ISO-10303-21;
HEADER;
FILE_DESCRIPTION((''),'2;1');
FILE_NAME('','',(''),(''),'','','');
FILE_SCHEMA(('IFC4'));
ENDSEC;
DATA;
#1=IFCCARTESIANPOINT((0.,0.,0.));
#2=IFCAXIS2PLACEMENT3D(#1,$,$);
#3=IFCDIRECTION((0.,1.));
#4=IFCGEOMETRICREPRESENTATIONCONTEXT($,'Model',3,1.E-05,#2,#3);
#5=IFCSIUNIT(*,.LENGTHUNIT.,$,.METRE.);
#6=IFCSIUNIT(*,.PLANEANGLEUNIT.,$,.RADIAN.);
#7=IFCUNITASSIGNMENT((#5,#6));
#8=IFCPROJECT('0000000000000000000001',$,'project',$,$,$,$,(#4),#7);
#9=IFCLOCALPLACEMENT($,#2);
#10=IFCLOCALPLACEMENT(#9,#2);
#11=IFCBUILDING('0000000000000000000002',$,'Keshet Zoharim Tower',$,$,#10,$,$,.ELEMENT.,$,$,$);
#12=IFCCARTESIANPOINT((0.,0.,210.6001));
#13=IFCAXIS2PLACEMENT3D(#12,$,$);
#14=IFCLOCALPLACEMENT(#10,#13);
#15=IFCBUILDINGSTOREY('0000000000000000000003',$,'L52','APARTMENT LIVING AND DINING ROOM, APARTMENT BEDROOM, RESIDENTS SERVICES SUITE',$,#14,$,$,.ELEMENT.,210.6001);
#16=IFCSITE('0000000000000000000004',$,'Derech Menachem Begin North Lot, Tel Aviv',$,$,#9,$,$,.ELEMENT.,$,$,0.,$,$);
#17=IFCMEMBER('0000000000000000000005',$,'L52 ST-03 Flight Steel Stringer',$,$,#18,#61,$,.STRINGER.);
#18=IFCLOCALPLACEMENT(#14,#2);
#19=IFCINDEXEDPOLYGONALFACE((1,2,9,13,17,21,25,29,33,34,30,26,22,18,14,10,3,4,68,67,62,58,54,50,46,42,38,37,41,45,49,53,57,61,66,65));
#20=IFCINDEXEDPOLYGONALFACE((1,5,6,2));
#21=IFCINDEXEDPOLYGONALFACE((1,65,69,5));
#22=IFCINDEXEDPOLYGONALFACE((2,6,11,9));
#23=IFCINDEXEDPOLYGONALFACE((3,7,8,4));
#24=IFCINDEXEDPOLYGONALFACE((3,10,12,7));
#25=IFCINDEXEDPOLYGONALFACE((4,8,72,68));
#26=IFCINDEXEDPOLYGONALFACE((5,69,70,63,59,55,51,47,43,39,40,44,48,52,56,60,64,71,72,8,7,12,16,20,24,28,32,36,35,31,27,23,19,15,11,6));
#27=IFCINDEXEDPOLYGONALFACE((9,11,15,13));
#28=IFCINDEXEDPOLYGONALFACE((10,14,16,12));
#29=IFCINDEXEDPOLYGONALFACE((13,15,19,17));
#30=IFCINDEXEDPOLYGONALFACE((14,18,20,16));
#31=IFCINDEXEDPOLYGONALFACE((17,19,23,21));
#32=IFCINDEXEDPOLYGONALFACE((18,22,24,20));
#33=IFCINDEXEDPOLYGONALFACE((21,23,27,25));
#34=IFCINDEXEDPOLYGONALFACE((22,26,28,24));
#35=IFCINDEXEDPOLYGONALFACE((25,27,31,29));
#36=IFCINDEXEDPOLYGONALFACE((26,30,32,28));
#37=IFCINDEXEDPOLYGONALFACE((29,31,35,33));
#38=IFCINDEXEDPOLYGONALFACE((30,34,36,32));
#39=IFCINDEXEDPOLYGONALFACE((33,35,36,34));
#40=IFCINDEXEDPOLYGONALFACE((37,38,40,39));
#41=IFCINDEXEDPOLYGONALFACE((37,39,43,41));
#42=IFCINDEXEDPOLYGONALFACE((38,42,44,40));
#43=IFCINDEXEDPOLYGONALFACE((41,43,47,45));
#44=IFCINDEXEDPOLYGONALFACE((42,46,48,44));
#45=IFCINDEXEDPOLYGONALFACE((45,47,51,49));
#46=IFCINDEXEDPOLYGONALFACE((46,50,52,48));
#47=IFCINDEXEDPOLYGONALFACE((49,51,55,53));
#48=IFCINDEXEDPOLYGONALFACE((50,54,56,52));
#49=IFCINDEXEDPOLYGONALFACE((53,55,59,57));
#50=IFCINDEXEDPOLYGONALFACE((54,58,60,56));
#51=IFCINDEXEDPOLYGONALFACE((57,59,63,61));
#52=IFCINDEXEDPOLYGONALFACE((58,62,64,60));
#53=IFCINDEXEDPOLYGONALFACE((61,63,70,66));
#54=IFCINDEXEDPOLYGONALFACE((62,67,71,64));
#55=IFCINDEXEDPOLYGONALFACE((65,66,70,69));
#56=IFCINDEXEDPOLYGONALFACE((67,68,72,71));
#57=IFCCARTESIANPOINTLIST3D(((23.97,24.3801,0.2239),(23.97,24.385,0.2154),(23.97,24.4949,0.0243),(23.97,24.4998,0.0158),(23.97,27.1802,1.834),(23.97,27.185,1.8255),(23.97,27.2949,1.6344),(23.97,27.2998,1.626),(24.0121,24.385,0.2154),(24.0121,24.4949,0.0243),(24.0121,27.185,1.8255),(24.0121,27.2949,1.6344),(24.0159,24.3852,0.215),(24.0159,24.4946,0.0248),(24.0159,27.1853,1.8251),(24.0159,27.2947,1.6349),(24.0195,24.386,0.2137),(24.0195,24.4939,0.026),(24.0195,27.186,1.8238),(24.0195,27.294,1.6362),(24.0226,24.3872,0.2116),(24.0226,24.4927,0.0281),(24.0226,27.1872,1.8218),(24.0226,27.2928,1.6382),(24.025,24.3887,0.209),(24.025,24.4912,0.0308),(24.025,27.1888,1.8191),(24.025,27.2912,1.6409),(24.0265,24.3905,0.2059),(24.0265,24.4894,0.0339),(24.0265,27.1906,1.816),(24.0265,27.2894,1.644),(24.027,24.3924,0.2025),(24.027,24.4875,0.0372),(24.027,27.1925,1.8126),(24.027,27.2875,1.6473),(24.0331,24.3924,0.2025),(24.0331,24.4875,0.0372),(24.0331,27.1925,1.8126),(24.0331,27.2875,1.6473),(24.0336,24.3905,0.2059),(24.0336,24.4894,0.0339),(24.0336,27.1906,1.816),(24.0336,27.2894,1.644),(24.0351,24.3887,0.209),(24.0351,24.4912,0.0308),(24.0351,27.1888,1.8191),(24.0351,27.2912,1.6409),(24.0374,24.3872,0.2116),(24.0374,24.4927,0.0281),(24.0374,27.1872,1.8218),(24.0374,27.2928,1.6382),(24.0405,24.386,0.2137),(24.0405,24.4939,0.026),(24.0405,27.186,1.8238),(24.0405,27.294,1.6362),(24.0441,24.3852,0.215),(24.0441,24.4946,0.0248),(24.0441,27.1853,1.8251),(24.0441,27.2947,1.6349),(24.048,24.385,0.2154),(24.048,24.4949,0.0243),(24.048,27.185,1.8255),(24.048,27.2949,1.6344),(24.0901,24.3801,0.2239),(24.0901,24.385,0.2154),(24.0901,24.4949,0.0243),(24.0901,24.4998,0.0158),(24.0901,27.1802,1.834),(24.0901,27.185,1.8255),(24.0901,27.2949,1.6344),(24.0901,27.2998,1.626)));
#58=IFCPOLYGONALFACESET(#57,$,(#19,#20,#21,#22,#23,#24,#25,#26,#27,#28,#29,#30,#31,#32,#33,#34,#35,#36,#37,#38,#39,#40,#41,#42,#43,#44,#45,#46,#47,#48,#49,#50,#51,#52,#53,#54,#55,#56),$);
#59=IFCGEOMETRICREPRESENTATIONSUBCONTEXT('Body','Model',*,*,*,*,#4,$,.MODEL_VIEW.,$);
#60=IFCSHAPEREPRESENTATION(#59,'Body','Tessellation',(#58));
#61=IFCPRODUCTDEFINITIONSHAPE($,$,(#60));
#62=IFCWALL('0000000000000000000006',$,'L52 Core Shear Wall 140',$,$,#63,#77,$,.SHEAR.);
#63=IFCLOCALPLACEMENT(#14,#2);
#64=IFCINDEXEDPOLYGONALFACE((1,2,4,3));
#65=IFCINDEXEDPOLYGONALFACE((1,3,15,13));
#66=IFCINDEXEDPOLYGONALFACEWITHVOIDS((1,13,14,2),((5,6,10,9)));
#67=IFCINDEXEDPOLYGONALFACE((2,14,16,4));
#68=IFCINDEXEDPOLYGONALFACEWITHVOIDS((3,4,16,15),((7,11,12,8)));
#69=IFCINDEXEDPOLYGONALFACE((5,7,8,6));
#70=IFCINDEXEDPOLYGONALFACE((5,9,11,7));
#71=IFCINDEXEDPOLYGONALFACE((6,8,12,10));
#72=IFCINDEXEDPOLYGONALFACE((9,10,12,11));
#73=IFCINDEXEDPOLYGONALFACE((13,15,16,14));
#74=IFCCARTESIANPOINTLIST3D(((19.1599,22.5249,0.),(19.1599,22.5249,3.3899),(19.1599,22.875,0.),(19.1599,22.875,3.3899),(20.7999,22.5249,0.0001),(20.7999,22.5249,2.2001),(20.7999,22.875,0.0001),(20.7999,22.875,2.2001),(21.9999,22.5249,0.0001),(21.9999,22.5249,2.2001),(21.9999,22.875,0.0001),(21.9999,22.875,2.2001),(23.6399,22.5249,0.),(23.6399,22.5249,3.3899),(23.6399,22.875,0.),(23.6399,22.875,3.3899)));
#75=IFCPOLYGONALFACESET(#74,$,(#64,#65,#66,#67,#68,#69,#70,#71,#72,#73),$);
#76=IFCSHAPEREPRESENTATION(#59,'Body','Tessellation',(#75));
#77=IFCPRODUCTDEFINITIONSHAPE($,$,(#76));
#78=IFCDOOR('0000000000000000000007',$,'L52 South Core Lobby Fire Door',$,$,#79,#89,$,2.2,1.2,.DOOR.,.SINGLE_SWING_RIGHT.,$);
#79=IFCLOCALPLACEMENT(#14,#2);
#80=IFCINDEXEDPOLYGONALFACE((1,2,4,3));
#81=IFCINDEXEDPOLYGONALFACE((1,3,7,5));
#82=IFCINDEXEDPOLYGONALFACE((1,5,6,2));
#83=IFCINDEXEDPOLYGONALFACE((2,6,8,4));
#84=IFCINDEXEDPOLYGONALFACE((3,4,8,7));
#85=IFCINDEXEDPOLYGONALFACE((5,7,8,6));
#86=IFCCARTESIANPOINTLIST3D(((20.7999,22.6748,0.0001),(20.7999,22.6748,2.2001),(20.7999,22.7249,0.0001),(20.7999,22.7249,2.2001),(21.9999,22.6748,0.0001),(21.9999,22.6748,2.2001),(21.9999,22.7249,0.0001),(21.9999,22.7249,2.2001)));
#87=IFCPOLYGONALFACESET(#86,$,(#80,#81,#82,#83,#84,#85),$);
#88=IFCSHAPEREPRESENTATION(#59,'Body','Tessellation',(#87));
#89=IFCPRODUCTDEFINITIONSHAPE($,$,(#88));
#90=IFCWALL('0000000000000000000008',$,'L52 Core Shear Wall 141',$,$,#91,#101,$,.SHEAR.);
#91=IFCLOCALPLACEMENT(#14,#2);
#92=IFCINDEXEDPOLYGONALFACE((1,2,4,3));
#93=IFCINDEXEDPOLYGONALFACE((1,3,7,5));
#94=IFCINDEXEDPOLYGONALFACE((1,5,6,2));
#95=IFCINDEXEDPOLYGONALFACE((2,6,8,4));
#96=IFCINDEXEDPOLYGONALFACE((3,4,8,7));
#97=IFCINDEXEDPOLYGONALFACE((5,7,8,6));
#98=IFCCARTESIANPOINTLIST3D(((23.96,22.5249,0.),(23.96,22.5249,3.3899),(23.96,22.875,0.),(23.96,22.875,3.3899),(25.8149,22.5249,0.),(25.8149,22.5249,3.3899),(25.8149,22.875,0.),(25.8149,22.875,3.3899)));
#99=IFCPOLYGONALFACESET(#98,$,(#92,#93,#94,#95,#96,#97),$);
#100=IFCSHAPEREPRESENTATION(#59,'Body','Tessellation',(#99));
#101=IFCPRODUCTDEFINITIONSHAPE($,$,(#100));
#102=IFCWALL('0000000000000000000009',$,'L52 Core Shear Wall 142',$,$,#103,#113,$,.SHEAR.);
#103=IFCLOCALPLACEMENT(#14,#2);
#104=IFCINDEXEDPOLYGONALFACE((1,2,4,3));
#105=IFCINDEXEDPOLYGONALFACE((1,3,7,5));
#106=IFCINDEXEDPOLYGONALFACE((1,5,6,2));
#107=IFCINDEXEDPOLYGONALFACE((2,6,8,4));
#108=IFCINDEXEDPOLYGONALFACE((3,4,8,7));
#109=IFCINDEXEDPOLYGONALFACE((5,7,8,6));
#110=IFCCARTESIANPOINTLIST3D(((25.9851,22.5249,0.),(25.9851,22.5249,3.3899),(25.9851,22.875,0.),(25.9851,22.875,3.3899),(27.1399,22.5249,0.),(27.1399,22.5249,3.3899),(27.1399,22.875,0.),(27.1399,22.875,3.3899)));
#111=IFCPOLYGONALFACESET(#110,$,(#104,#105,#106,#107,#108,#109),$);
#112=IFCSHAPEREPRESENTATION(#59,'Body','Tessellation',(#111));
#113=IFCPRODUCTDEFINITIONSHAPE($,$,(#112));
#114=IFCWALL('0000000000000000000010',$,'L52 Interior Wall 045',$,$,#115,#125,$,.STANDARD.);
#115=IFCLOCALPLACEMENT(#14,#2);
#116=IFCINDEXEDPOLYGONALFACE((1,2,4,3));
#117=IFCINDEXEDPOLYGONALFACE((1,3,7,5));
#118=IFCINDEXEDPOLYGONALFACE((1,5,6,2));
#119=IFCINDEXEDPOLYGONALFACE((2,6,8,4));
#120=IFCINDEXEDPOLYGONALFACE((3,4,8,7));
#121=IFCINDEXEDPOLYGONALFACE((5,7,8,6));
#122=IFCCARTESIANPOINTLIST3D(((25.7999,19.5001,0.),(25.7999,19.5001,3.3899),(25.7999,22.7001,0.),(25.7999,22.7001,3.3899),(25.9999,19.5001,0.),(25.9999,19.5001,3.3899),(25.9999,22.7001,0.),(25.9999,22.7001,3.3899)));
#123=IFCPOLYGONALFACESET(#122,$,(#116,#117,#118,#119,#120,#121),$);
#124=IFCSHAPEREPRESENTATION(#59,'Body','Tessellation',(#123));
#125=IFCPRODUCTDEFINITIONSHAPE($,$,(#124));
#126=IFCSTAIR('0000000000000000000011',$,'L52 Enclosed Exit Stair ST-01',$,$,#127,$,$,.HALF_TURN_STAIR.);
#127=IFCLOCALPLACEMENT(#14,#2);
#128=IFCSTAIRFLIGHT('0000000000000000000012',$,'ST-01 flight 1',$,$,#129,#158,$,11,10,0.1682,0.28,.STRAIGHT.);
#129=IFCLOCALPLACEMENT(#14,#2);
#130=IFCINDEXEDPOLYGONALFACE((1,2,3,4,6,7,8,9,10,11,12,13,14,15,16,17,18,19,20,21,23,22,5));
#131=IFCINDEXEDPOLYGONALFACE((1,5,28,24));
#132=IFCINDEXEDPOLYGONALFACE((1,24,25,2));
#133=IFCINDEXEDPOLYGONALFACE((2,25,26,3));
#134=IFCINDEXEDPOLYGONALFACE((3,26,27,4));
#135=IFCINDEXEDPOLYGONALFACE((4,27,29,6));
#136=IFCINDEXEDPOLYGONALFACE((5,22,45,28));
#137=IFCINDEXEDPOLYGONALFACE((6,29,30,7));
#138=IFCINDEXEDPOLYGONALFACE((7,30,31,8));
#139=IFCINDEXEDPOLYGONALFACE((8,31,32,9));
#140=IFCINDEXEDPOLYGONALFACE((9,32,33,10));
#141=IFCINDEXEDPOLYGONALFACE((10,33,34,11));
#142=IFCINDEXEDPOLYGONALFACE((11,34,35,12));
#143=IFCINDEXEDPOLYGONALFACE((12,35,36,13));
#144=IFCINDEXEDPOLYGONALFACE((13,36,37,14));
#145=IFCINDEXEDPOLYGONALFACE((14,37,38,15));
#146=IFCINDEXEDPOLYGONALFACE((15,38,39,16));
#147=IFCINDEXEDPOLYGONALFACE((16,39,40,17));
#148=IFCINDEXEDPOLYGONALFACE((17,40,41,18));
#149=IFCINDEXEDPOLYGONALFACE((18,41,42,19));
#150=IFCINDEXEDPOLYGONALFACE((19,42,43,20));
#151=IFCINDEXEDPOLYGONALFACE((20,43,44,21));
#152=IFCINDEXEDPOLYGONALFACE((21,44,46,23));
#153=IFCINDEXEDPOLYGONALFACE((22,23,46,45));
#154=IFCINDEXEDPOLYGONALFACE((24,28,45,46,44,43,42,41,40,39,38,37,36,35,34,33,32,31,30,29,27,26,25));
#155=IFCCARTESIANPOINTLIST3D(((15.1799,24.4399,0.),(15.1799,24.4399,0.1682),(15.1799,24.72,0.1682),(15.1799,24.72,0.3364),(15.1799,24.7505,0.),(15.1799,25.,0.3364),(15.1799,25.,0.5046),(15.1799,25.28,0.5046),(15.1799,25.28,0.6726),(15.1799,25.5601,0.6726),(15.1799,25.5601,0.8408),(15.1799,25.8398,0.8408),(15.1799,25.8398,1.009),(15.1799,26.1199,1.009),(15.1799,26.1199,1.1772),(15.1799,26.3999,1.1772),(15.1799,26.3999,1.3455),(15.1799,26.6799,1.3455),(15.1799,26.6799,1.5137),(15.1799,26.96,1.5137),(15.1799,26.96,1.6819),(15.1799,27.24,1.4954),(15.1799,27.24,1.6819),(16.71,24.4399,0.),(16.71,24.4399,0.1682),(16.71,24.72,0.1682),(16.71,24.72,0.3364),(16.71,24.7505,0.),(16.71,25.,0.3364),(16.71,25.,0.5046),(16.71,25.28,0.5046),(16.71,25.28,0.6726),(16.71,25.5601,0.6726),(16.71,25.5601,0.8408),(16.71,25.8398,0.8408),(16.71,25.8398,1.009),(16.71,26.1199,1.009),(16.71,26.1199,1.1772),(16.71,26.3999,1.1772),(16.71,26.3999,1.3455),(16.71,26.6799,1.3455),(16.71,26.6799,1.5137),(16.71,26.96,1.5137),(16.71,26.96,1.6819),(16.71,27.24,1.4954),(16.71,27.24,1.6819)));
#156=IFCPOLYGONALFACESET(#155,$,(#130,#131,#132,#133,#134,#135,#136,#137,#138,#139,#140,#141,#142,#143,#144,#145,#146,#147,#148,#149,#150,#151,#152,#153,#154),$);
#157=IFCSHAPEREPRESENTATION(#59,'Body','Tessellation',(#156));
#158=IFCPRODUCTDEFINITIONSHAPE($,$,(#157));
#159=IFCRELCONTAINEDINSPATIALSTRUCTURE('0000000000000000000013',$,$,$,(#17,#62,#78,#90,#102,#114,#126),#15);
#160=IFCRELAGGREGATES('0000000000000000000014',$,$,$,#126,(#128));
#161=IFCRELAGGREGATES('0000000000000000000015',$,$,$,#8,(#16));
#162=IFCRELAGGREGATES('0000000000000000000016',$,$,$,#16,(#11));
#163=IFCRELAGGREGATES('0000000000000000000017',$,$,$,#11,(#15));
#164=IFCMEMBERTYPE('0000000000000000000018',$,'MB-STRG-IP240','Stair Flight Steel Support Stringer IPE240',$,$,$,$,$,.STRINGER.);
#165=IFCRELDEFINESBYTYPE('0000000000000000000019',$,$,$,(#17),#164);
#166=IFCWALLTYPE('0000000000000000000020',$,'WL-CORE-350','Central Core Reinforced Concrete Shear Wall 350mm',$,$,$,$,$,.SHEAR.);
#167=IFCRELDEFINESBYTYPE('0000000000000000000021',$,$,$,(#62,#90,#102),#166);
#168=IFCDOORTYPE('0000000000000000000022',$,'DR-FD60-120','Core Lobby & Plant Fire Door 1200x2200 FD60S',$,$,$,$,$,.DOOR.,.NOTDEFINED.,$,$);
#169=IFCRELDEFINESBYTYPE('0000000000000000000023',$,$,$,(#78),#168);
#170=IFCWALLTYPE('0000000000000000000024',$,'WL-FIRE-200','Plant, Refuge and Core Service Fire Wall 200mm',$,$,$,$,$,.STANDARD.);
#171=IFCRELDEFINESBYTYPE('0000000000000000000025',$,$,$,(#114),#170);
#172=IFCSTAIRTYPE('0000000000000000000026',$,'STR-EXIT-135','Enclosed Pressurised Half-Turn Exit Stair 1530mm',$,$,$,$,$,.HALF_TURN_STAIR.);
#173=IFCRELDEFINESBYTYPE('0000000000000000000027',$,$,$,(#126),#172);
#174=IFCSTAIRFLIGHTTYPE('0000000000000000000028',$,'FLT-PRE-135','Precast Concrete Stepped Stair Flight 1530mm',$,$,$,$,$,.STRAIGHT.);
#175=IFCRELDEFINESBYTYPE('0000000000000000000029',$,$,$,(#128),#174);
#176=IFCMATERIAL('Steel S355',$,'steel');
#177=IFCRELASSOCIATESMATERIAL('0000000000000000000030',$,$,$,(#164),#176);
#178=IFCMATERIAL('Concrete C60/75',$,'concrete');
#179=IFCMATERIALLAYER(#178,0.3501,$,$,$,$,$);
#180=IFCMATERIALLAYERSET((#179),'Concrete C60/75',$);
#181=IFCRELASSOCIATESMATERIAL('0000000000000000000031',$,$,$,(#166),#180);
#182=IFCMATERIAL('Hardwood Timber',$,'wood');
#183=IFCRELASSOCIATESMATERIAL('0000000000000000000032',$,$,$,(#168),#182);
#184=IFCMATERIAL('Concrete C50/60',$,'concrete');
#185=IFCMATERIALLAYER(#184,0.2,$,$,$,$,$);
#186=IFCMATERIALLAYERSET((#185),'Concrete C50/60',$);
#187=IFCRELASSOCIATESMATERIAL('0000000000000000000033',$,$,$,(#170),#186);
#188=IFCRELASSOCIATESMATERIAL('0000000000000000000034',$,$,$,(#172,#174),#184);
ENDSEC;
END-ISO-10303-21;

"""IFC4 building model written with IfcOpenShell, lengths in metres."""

from ifc_helpers import new_model, si_unit, direction, frame, frame_2d, origin, origin_2d, place, context, subcontext, project, spatial, polyline, rectangle, i_section, outline, extrude, material, layer, layer_set, material_profile, profile_set, type_object, element, fill, aggregate, save


model = new_model("IFC4")

# Units and contexts
model_context = context("Model", 3, precision=1e-05, world=origin(), true_north=direction((0.0, 1.0)))
body_context = subcontext(model_context, "Body", "Model", "MODEL_VIEW")
ifc_project = project(units=[si_unit("LENGTHUNIT", "METRE"), si_unit("PLANEANGLEUNIT", "RADIAN")], contexts=[model_context])

# Site, building, storey
site_placement = place(None, origin())
site = spatial("IfcSite", under=ifc_project, at=site_placement, Name="Derech Menachem Begin North Lot, Tel Aviv", CompositionType="ELEMENT", RefElevation=0.0)
building_placement = place(site_placement, origin())
building = spatial("IfcBuilding", under=site, at=building_placement, Name="Keshet Zoharim Tower", CompositionType="ELEMENT")
storey_placement = place(building_placement, frame((0.0, 0.0, 210.6001)))
storey = spatial("IfcBuildingStorey", under=building, at=storey_placement, Name="L52", Description="APARTMENT LIVING AND DINING ROOM, APARTMENT BEDROOM, RESIDENTS SERVICES SUITE", CompositionType="ELEMENT", Elevation=210.6001)

# Member
ifc_material_1 = material(Name="Steel S355", Category="steel")
ifc_material_profile = material_profile(ifc_material_1, i_section(OverallWidth=0.1201, OverallDepth=0.24, WebThickness=0.0061, FlangeThickness=0.0098, FilletRadius=0.0149, at=origin_2d()), Name="IPE240")
ifc_profile_set = profile_set([ifc_material_profile], Name="Steel S355")
member_type = type_object("IfcMemberType", Name="MB-STRG-IP240", Description="Stair Flight Steel Support Stringer IPE240", PredefinedType="STRINGER", material=ifc_profile_set)
member_placement = place(storey_placement, frame((24.03, 24.4399, 0.1199), z_axis=(0.0, 0.866896, 0.49849), x_axis=(-1.0, 0.0, 0.0)))
element("IfcMember", 1, at=member_placement, inside=storey, type_object=member_type, Name="L52 ST-03 Flight Steel Stringer", PredefinedType="STRINGER", context=body_context, shape_type="SweptSolid", body=[
    extrude(i_section(OverallWidth=0.1201, OverallDepth=0.24, WebThickness=0.0061, FlangeThickness=0.0098, FilletRadius=0.0149, at=origin_2d()), origin(), (0.0, 0.0, 1.0), 3.23),
])

# Wall, opening, door
ifc_material_2 = material(Name="Concrete C60/75", Category="concrete")
ifc_layer_1 = layer(ifc_material_2, 0.3501)
ifc_layer_set_1 = layer_set([ifc_layer_1], Name="Concrete C60/75")
wall_type_1 = type_object("IfcWallType", Name="WL-CORE-350", Description="Central Core Reinforced Concrete Shear Wall 350mm", PredefinedType="SHEAR", material=ifc_layer_set_1)
ifc_material_3 = material(Name="Hardwood Timber", Category="wood")
wall_1_placement = place(storey_placement, frame((19.1599, 22.7, 0.0), z_axis=(0.0, 0.0, 1.0), x_axis=(1.0, 0.0, 0.0)))
wall_1 = element("IfcWall", 2, at=wall_1_placement, inside=storey, type_object=wall_type_1, Name="L52 Core Shear Wall 140", PredefinedType="SHEAR", context=body_context, shape_type="SweptSolid", body=[
    extrude(rectangle(XDim=4.48, YDim=0.3501, at=frame_2d((2.24, 0.0))), origin(), (0.0, 0.0, 1.0), 3.3899),
])
opening_1_placement = place(wall_1_placement, frame((1.6399, 0.0, 0.0)))
opening_1 = element("IfcOpeningElement", 3, at=opening_1_placement, cuts=wall_1, PredefinedType="OPENING", context=body_context, shape_type="SweptSolid", body=[
    extrude(rectangle(XDim=1.2, YDim=2.2, at=frame_2d((0.6001, 1.1001))), frame((0.0, 0.1851, 0.0), z_axis=(0.0, -1.0, 0.0), x_axis=(1.0, 0.0, 0.0)), (0.0, 0.0, 1.0), 0.3701),
])
door_type_1 = type_object("IfcDoorType", Name="DR-FD60-120", Description="Core Lobby & Plant Fire Door 1200x2200 FD60S", OperationType="NOTDEFINED", PredefinedType="DOOR", material=ifc_material_3)
door_1_placement = place(opening_1_placement, origin())
door_1 = element("IfcDoor", 4, at=door_1_placement, inside=storey, type_object=door_type_1, Name="L52 South Core Lobby Fire Door", OperationType="SINGLE_SWING_RIGHT", OverallHeight=2.2, OverallWidth=1.2, PredefinedType="DOOR", context=body_context, shape_type="SweptSolid", body=[
    extrude(rectangle(XDim=1.2, YDim=2.2, at=frame_2d((0.6001, 1.1001))), frame((0.0, 0.0249, 0.0), z_axis=(0.0, -1.0, 0.0), x_axis=(1.0, 0.0, 0.0)), (0.0, 0.0, 1.0), 0.05),
])
fill(opening_1, door_1)

# Walls
wall_2_placement = place(storey_placement, frame((23.96, 22.7, 0.0), z_axis=(0.0, 0.0, 1.0), x_axis=(1.0, 0.0, 0.0)))
element("IfcWall", 5, at=wall_2_placement, inside=storey, type_object=wall_type_1, Name="L52 Core Shear Wall 141", PredefinedType="SHEAR", context=body_context, shape_type="SweptSolid", body=[
    extrude(rectangle(XDim=1.855, YDim=0.3501, at=frame_2d((0.9275, 0.0))), origin(), (0.0, 0.0, 1.0), 3.3899),
])
wall_3_placement = place(storey_placement, frame((25.9851, 22.7, 0.0), z_axis=(0.0, 0.0, 1.0), x_axis=(1.0, 0.0, 0.0)))
element("IfcWall", 6, at=wall_3_placement, inside=storey, type_object=wall_type_1, Name="L52 Core Shear Wall 142", PredefinedType="SHEAR", context=body_context, shape_type="SweptSolid", body=[
    extrude(rectangle(XDim=1.1548, YDim=0.3501, at=frame_2d((0.5774, 0.0))), origin(), (0.0, 0.0, 1.0), 3.3899),
])
ifc_material_4 = material(Name="Concrete C50/60", Category="concrete")
ifc_layer_2 = layer(ifc_material_4, 0.2)
ifc_layer_set_2 = layer_set([ifc_layer_2], Name="Concrete C50/60")
wall_type_2 = type_object("IfcWallType", Name="WL-FIRE-200", Description="Plant, Refuge and Core Service Fire Wall 200mm", PredefinedType="STANDARD", material=ifc_layer_set_2)
wall_4_placement = place(storey_placement, frame((25.8999, 19.5, 0.0), z_axis=(0.0, 0.0, 1.0), x_axis=(0.0, 1.0, 0.0)))
element("IfcWall", 7, at=wall_4_placement, inside=storey, type_object=wall_type_2, Name="L52 Interior Wall 045", PredefinedType="STANDARD", context=body_context, shape_type="SweptSolid", body=[
    extrude(rectangle(XDim=3.2, YDim=0.2, at=frame_2d((1.6001, 0.0))), origin(), (0.0, 0.0, 1.0), 3.3899),
])

# Stair, stair flight
stair_type = type_object("IfcStairType", Name="STR-EXIT-135", Description="Enclosed Pressurised Half-Turn Exit Stair 1530mm", PredefinedType="HALF_TURN_STAIR", material=ifc_material_4)
stair_1_placement = place(storey_placement, origin())
stair_1 = element("IfcStair", 8, at=stair_1_placement, inside=storey, type_object=stair_type, Name="L52 Enclosed Exit Stair ST-01", PredefinedType="HALF_TURN_STAIR")
stair_flight_type_1 = type_object("IfcStairFlightType", Name="FLT-PRE-135", Description="Precast Concrete Stepped Stair Flight 1530mm", PredefinedType="STRAIGHT", material=ifc_material_4)
stair_flight_1_placement = place(storey_placement, frame((15.9451, 24.4399, 0.0), z_axis=(0.0, 0.0, 1.0), x_axis=(0.0, 1.0, 0.0)))
stair_flight_1 = element("IfcStairFlight", 9, at=stair_flight_1_placement, type_object=stair_flight_type_1, Name="ST-01 flight 1", NumberOfRisers=11, NumberOfTreads=10, PredefinedType="STRAIGHT", RiserHeight=0.1682, TreadLength=0.28, context=body_context, shape_type="SweptSolid", body=[
    extrude(outline(polyline([(0.0, 0.0), (0.0, 0.1682), (0.28, 0.1682), (0.28, 0.3364), (0.5601, 0.3364), (0.5601, 0.5046), (0.8401, 0.5046), (0.8401, 0.6726), (1.1201, 0.6726), (1.1201, 0.8408), (1.3999, 0.8408), (1.3999, 1.009), (1.6799, 1.009), (1.6799, 1.1772), (1.96, 1.1772), (1.96, 1.3455), (2.24, 1.3455), (2.24, 1.5137), (2.52, 1.5137), (2.52, 1.6819), (2.8, 1.6819), (2.8, 1.8501), (2.8, 1.4954), (0.3105, 0.0), (0.0, 0.0)])), frame((0.0, 0.7651, 0.0), z_axis=(0.0, -1.0, 0.0), x_axis=(1.0, 0.0, 0.0)), (0.0, 0.0, 1.0), 1.53),
])
aggregate(stair_1, [stair_flight_1])

save(model, "model.ifc")
